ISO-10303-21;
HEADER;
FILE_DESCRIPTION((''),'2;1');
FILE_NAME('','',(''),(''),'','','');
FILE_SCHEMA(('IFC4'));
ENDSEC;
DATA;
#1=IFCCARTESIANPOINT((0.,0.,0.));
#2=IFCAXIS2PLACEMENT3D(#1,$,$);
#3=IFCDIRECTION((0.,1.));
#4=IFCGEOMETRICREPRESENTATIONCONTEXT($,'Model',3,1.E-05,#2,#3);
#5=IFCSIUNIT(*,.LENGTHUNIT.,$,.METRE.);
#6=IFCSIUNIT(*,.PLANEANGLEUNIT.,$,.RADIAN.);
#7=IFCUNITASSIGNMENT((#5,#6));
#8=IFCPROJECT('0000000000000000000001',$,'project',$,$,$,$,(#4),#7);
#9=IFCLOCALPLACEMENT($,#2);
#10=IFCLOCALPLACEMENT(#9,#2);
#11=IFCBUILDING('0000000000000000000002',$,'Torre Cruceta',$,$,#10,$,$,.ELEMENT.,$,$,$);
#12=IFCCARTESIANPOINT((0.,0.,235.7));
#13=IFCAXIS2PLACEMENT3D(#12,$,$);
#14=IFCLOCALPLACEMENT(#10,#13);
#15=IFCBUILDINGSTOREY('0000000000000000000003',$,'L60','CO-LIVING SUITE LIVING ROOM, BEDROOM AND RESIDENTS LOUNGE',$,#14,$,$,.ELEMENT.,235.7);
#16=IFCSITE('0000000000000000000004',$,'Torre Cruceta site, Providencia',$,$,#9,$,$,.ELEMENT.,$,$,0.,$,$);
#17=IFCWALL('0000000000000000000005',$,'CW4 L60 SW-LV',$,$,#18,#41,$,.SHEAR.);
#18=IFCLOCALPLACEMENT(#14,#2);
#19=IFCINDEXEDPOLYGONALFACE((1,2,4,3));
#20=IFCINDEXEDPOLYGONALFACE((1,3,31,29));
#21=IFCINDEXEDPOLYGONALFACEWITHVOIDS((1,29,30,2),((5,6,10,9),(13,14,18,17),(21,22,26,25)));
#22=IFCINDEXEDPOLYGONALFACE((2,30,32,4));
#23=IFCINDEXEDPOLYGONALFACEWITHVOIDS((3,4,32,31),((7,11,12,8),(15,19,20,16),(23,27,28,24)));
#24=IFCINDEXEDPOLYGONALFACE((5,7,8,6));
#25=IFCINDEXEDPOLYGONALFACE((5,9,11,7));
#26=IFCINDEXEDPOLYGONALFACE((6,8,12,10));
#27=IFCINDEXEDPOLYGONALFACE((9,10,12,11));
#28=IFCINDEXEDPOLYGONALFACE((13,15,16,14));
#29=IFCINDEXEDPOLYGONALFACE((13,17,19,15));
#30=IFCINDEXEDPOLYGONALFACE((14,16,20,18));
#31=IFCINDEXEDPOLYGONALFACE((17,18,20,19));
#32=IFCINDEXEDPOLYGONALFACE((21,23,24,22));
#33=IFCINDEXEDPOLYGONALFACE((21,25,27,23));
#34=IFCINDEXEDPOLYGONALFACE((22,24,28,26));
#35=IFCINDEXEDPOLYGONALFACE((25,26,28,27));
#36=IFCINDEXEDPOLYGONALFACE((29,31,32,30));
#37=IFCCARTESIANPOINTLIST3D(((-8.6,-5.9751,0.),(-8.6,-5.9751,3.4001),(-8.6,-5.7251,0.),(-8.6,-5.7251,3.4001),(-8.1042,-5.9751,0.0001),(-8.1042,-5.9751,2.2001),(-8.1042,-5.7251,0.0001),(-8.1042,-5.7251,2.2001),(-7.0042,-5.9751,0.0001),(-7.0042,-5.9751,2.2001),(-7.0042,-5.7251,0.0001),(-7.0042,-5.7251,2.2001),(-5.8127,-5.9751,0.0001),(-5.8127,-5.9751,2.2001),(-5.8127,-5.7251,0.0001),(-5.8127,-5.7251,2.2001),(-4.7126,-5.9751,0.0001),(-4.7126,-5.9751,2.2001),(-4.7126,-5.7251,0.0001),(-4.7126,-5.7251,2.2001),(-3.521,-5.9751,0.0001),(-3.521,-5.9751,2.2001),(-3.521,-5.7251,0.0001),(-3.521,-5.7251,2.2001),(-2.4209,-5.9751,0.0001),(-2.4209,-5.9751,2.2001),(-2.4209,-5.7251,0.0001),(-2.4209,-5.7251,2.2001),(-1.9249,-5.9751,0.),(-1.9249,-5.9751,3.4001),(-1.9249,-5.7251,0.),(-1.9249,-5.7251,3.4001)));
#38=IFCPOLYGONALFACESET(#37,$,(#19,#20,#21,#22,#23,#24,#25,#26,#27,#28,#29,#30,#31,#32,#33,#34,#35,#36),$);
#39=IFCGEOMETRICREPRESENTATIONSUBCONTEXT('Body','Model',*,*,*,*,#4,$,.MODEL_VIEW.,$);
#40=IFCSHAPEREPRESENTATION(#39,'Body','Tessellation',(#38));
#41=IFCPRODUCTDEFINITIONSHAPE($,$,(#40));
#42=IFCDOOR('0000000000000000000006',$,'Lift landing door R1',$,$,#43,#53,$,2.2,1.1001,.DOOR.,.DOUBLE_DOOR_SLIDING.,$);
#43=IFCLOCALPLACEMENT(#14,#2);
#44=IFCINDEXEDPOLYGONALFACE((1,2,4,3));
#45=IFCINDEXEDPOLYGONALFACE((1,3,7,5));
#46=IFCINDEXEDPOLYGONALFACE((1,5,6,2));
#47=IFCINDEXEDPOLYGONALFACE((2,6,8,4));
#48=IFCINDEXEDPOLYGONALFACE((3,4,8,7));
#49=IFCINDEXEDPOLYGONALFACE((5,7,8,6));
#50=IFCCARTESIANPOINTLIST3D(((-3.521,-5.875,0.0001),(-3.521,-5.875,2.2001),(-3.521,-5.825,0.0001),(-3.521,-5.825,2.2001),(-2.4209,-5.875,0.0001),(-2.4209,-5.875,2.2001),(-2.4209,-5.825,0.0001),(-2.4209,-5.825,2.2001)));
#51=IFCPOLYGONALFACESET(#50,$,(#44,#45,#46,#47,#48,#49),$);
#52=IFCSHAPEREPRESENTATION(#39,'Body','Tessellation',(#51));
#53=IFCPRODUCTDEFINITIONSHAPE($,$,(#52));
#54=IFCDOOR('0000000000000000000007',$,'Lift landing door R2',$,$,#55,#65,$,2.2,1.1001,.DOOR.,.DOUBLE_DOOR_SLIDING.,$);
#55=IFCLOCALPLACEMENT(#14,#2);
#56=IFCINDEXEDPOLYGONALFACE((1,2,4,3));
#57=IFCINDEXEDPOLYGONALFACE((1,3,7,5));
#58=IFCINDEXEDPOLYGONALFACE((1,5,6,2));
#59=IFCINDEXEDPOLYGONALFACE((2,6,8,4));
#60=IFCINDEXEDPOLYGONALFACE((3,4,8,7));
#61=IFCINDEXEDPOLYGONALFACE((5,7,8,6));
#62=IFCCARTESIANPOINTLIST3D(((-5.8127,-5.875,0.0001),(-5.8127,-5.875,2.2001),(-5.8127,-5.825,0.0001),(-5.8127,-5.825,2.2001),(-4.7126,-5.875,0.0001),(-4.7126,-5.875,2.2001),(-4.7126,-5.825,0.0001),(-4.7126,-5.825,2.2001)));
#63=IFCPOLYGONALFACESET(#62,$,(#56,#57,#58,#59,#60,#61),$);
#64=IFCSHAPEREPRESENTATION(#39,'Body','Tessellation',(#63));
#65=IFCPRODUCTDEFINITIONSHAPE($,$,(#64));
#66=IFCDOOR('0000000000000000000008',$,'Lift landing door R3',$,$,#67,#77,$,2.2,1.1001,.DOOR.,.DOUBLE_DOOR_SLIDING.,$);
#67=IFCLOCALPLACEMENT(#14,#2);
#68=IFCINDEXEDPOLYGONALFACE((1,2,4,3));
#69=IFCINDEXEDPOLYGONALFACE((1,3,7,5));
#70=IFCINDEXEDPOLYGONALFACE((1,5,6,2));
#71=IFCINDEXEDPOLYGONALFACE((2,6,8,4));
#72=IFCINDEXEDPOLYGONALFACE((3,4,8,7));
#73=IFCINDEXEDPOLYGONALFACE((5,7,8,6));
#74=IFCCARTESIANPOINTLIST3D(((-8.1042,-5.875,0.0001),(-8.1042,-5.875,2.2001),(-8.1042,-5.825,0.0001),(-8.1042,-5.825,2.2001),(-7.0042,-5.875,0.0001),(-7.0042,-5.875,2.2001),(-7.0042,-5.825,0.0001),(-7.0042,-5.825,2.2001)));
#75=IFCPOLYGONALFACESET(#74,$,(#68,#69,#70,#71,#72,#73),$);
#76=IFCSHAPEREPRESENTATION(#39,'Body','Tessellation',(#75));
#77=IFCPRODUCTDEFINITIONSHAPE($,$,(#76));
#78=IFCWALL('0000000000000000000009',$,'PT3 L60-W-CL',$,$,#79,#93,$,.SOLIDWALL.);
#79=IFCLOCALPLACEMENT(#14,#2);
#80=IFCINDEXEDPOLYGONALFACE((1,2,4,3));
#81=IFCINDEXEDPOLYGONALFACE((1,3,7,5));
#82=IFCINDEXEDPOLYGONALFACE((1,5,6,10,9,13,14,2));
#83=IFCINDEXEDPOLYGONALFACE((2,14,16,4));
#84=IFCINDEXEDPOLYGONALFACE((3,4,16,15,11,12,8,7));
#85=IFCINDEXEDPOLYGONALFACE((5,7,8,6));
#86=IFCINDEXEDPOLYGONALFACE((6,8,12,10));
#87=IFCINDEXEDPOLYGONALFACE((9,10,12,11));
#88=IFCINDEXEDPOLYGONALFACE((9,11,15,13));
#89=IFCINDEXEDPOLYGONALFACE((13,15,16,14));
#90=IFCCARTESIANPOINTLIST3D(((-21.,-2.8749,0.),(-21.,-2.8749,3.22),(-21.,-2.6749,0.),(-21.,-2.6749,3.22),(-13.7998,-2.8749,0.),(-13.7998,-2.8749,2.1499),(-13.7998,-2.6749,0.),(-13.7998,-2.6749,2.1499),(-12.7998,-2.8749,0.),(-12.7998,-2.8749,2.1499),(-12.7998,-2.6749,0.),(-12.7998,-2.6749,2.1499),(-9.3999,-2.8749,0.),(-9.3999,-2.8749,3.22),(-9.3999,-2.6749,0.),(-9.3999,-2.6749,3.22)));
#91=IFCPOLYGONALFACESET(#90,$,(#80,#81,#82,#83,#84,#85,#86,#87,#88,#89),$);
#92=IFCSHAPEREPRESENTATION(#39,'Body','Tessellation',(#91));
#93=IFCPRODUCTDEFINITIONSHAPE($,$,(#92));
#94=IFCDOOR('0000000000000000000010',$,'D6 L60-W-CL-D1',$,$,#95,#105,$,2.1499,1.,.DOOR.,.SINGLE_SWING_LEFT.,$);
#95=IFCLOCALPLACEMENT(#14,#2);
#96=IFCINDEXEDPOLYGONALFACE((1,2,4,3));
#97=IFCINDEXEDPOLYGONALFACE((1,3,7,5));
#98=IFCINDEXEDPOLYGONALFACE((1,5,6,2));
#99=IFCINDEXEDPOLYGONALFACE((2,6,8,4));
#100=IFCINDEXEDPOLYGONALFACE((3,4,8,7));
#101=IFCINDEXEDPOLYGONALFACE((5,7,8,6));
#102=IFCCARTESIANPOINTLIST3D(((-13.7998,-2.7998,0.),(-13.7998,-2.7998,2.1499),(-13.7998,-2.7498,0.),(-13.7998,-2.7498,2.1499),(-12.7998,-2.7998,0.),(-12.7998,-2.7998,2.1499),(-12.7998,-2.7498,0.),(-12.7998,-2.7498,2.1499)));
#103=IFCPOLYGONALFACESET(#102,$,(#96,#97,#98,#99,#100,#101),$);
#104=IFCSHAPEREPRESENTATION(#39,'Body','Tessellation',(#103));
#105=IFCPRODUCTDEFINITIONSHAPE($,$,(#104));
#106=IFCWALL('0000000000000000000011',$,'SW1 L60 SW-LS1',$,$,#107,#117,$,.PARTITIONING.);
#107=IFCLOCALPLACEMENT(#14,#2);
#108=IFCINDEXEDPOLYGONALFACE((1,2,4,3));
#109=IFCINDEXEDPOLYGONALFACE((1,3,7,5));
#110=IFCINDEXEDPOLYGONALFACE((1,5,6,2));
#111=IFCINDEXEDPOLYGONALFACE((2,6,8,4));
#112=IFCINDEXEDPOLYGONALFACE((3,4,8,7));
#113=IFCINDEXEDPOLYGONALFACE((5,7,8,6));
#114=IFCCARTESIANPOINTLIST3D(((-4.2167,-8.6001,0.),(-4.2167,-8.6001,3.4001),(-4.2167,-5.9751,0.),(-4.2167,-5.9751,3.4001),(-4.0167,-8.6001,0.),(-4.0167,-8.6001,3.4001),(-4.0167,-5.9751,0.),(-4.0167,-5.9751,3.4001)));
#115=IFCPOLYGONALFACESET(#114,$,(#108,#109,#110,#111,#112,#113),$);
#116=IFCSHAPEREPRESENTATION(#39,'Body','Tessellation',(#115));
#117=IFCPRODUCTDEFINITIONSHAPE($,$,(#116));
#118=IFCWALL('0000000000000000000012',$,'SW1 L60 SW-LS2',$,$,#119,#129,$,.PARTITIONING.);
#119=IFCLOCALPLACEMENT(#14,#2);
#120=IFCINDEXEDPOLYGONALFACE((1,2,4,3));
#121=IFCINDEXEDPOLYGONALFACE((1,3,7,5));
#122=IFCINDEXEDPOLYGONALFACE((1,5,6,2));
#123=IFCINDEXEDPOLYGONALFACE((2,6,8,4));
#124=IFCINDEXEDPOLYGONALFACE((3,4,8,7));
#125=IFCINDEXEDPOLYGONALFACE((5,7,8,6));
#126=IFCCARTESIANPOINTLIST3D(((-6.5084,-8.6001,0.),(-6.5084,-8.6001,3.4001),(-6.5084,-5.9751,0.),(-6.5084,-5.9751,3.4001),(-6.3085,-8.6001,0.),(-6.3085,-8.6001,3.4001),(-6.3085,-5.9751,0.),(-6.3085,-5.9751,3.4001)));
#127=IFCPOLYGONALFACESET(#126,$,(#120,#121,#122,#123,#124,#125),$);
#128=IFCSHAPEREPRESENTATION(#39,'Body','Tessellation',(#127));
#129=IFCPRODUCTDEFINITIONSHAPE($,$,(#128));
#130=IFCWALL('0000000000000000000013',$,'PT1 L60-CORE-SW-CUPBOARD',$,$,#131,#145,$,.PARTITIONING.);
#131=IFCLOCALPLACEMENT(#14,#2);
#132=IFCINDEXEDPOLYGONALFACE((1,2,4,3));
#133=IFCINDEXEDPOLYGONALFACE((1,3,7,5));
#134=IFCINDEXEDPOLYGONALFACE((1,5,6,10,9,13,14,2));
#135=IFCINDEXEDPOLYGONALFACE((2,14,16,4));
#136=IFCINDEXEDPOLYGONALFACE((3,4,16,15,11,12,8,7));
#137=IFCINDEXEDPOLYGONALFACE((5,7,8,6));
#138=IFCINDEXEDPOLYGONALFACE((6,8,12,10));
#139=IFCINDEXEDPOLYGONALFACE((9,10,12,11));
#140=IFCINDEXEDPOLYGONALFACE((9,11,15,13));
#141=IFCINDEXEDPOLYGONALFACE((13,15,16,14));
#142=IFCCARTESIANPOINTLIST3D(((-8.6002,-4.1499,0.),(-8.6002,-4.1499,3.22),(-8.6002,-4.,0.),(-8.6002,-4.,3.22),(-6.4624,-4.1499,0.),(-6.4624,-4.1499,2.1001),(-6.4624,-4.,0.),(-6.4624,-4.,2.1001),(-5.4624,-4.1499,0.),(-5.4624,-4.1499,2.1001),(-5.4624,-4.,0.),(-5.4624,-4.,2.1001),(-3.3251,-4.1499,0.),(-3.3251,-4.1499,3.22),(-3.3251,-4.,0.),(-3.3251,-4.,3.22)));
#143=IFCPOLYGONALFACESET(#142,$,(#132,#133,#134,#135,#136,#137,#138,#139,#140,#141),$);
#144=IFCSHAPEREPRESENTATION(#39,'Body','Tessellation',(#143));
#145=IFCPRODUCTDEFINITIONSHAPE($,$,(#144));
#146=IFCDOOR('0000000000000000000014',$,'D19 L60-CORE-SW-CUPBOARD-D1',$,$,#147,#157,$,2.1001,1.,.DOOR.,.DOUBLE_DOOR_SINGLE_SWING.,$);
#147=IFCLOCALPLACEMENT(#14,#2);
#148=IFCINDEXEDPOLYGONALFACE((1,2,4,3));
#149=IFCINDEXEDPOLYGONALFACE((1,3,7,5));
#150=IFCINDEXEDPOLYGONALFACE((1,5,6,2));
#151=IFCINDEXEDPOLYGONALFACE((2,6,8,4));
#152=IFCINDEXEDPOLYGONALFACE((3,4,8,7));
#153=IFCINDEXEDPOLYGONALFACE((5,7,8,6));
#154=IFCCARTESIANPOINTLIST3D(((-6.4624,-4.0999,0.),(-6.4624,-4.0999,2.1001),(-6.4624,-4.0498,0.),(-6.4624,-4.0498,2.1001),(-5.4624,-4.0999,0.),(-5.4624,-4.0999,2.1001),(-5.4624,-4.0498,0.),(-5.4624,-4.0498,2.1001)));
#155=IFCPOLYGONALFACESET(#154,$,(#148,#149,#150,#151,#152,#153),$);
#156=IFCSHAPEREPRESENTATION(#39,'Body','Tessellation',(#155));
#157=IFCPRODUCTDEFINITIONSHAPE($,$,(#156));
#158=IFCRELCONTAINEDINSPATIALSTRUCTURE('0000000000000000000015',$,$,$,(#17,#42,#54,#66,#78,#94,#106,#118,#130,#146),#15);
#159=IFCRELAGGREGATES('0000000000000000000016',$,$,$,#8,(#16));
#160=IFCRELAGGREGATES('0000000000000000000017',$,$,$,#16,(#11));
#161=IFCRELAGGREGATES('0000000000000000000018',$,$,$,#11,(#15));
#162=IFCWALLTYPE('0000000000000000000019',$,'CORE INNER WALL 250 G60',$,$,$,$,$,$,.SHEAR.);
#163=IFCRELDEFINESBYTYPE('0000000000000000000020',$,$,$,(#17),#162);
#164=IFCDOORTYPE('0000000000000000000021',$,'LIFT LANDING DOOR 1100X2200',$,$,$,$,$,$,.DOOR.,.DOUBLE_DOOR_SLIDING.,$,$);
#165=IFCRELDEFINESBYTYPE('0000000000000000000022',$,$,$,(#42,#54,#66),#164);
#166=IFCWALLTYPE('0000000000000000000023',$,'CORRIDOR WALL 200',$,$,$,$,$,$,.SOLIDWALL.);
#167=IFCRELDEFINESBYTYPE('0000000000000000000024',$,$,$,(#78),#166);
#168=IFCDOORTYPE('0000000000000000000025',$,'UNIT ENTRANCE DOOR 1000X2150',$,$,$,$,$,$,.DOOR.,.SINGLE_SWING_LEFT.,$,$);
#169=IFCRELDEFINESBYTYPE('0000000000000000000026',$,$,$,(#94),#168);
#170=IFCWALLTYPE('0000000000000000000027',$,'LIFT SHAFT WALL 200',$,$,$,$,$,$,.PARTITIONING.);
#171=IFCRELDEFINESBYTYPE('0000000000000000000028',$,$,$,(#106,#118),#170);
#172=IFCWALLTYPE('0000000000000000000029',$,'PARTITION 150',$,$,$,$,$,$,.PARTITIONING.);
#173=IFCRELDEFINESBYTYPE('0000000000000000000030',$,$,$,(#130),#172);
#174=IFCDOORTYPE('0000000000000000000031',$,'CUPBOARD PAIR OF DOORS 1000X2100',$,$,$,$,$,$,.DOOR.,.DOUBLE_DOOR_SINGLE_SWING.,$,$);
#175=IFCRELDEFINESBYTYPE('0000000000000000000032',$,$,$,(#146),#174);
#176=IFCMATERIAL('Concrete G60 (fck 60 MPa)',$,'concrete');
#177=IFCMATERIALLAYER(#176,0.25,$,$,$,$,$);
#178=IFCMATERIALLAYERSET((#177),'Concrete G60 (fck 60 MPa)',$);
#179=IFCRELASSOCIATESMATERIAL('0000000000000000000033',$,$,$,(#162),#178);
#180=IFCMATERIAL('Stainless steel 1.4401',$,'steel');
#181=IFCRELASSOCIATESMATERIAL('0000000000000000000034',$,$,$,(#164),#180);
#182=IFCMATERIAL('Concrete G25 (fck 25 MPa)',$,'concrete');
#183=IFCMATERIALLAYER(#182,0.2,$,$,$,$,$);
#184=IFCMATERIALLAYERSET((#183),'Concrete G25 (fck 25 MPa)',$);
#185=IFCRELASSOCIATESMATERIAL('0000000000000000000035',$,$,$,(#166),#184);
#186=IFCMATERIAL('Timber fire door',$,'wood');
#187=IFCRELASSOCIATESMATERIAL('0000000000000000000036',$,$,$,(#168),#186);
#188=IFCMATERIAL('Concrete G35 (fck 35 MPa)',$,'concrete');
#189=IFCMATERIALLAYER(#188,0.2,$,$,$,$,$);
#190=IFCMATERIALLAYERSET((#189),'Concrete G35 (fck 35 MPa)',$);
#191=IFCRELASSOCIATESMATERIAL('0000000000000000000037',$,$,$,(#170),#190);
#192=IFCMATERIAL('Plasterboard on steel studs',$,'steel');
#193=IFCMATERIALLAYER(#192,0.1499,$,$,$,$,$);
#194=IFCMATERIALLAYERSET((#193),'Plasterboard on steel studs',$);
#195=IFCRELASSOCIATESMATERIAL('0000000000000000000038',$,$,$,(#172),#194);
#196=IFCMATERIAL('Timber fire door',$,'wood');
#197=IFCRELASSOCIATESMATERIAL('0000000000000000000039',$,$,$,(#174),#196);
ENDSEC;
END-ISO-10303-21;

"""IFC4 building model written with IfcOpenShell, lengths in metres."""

from ifc_helpers import new_model, si_unit, direction, frame, frame_2d, origin, place, context, subcontext, project, spatial, rectangle, extrude, material, layer, layer_set, type_object, element, fill, save


model = new_model("IFC4")

# Units and contexts
model_context = context("Model", 3, precision=1e-05, world=origin(), true_north=direction((0.0, 1.0)))
body_context = subcontext(model_context, "Body", "Model", "MODEL_VIEW")
ifc_project = project(units=[si_unit("LENGTHUNIT", "METRE"), si_unit("PLANEANGLEUNIT", "RADIAN")], contexts=[model_context])

# Site, building, storey
site_placement = place(None, origin())
site = spatial("IfcSite", under=ifc_project, at=site_placement, Name="Torre Cruceta site, Providencia", CompositionType="ELEMENT", RefElevation=0.0)
building_placement = place(site_placement, origin())
building = spatial("IfcBuilding", under=site, at=building_placement, Name="Torre Cruceta", CompositionType="ELEMENT")
storey_placement = place(building_placement, frame((0.0, 0.0, 235.7)))
storey = spatial("IfcBuildingStorey", under=building, at=storey_placement, Name="L60", Description="CO-LIVING SUITE LIVING ROOM, BEDROOM AND RESIDENTS LOUNGE", CompositionType="ELEMENT", Elevation=235.7)

# Shared definitions
ifc_material_1 = material(Name="Concrete G60 (fck 60 MPa)", Category="concrete")
ifc_layer_1 = layer(ifc_material_1, 0.25)
ifc_layer_set_1 = layer_set([ifc_layer_1], Name="Concrete G60 (fck 60 MPa)")
wall_type_1 = type_object("IfcWallType", Name="CORE INNER WALL 250 G60", PredefinedType="SHEAR", material=ifc_layer_set_1)

# Wall, openings, doors
wall_1_placement = place(storey_placement, frame((-1.925, -5.8501, 0.0), z_axis=(0.0, 0.0, 1.0), x_axis=(-1.0, 0.0, 0.0)))
wall_1 = element("IfcWall", 1, at=wall_1_placement, inside=storey, type_object=wall_type_1, Name="CW4 L60 SW-LV", PredefinedType="SHEAR", context=body_context, shape_type="SweptSolid", body=[
    extrude(rectangle(XDim=6.675, YDim=0.25, at=frame_2d((3.3374, 0.0))), origin(), (0.0, 0.0, 1.0), 3.4001),
])
opening_1_placement = place(wall_1_placement, frame((0.4958, 0.0, 0.0)))
opening_1 = element("IfcOpeningElement", 2, at=opening_1_placement, cuts=wall_1, PredefinedType="OPENING", context=body_context, shape_type="SweptSolid", body=[
    extrude(rectangle(XDim=1.1001, YDim=2.2, at=frame_2d((0.55, 1.1001))), frame((0.0, 0.135, 0.0), z_axis=(0.0, -1.0, 0.0), x_axis=(1.0, 0.0, 0.0)), (0.0, 0.0, 1.0), 0.27),
])
opening_2_placement = place(wall_1_placement, frame((2.7876, 0.0, 0.0)))
opening_2 = element("IfcOpeningElement", 3, at=opening_2_placement, cuts=wall_1, PredefinedType="OPENING", context=body_context, shape_type="SweptSolid", body=[
    extrude(rectangle(XDim=1.1001, YDim=2.2, at=frame_2d((0.55, 1.1001))), frame((0.0, 0.135, 0.0), z_axis=(0.0, -1.0, 0.0), x_axis=(1.0, 0.0, 0.0)), (0.0, 0.0, 1.0), 0.27),
])
opening_3_placement = place(wall_1_placement, frame((5.0791, 0.0, 0.0)))
opening_3 = element("IfcOpeningElement", 4, at=opening_3_placement, cuts=wall_1, PredefinedType="OPENING", context=body_context, shape_type="SweptSolid", body=[
    extrude(rectangle(XDim=1.1001, YDim=2.2, at=frame_2d((0.55, 1.1001))), frame((0.0, 0.135, 0.0), z_axis=(0.0, -1.0, 0.0), x_axis=(1.0, 0.0, 0.0)), (0.0, 0.0, 1.0), 0.27),
])
ifc_material_2 = material(Name="Stainless steel 1.4401", Category="steel")
door_type_1 = type_object("IfcDoorType", Name="LIFT LANDING DOOR 1100X2200", OperationType="DOUBLE_DOOR_SLIDING", PredefinedType="DOOR", material=ifc_material_2)
door_1_placement = place(opening_1_placement, origin())
door_1 = element("IfcDoor", 5, at=door_1_placement, inside=storey, type_object=door_type_1, Name="Lift landing door R1", OperationType="DOUBLE_DOOR_SLIDING", OverallHeight=2.2, OverallWidth=1.1001, PredefinedType="DOOR", context=body_context, shape_type="SweptSolid", body=[
    extrude(rectangle(XDim=1.1001, YDim=2.2, at=frame_2d((0.55, 1.1001))), frame((0.0, 0.0249, 0.0), z_axis=(0.0, -1.0, 0.0), x_axis=(1.0, 0.0, 0.0)), (0.0, 0.0, 1.0), 0.05),
])
fill(opening_1, door_1)
door_2_placement = place(opening_2_placement, origin())
door_2 = element("IfcDoor", 6, at=door_2_placement, inside=storey, type_object=door_type_1, Name="Lift landing door R2", OperationType="DOUBLE_DOOR_SLIDING", OverallHeight=2.2, OverallWidth=1.1001, PredefinedType="DOOR", context=body_context, shape_type="SweptSolid", body=[
    extrude(rectangle(XDim=1.1001, YDim=2.2, at=frame_2d((0.55, 1.1001))), frame((0.0, 0.0249, 0.0), z_axis=(0.0, -1.0, 0.0), x_axis=(1.0, 0.0, 0.0)), (0.0, 0.0, 1.0), 0.05),
])
fill(opening_2, door_2)
door_3_placement = place(opening_3_placement, origin())
door_3 = element("IfcDoor", 7, at=door_3_placement, inside=storey, type_object=door_type_1, Name="Lift landing door R3", OperationType="DOUBLE_DOOR_SLIDING", OverallHeight=2.2, OverallWidth=1.1001, PredefinedType="DOOR", context=body_context, shape_type="SweptSolid", body=[
    extrude(rectangle(XDim=1.1001, YDim=2.2, at=frame_2d((0.55, 1.1001))), frame((0.0, 0.0249, 0.0), z_axis=(0.0, -1.0, 0.0), x_axis=(1.0, 0.0, 0.0)), (0.0, 0.0, 1.0), 0.05),
])
fill(opening_3, door_3)

# Wall, opening, door
ifc_material_3 = material(Name="Concrete G25 (fck 25 MPa)", Category="concrete")
ifc_layer_2 = layer(ifc_material_3, 0.2)
ifc_layer_set_2 = layer_set([ifc_layer_2], Name="Concrete G25 (fck 25 MPa)")
wall_type_2 = type_object("IfcWallType", Name="CORRIDOR WALL 200", PredefinedType="SOLIDWALL", material=ifc_layer_set_2)
wall_2_placement = place(storey_placement, frame((-9.3999, -2.7749, 0.0), z_axis=(0.0, 0.0, 1.0), x_axis=(-1.0, 0.0, 0.0)))
wall_2 = element("IfcWall", 8, at=wall_2_placement, inside=storey, type_object=wall_type_2, Name="PT3 L60-W-CL", PredefinedType="SOLIDWALL", context=body_context, shape_type="SweptSolid", body=[
    extrude(rectangle(XDim=11.6001, YDim=0.2, at=frame_2d((5.8, 0.0))), origin(), (0.0, 0.0, 1.0), 3.22),
])
opening_4_placement = place(wall_2_placement, frame((3.3999, 0.0, 0.0)))
opening_4 = element("IfcOpeningElement", 9, at=opening_4_placement, cuts=wall_2, PredefinedType="OPENING", context=body_context, shape_type="SweptSolid", body=[
    extrude(rectangle(XDim=1.0, YDim=2.1499, at=frame_2d((0.5, 1.075))), frame((0.0, 0.1099, 0.0), z_axis=(0.0, -1.0, 0.0), x_axis=(1.0, 0.0, 0.0)), (0.0, 0.0, 1.0), 0.22),
])
ifc_material_4 = material(Name="Timber fire door", Category="wood")
door_type_2 = type_object("IfcDoorType", Name="UNIT ENTRANCE DOOR 1000X2150", OperationType="SINGLE_SWING_LEFT", PredefinedType="DOOR", material=ifc_material_4)
door_4_placement = place(opening_4_placement, origin())
door_4 = element("IfcDoor", 10, at=door_4_placement, inside=storey, type_object=door_type_2, Name="D6 L60-W-CL-D1", OperationType="SINGLE_SWING_LEFT", OverallHeight=2.1499, OverallWidth=1.0, PredefinedType="DOOR", context=body_context, shape_type="SweptSolid", body=[
    extrude(rectangle(XDim=1.0, YDim=2.1499, at=frame_2d((0.5, 1.075))), frame((0.0, 0.0249, 0.0), z_axis=(0.0, -1.0, 0.0), x_axis=(1.0, 0.0, 0.0)), (0.0, 0.0, 1.0), 0.05),
])
fill(opening_4, door_4)

# Walls
ifc_material_5 = material(Name="Concrete G35 (fck 35 MPa)", Category="concrete")
ifc_layer_3 = layer(ifc_material_5, 0.2)
ifc_layer_set_3 = layer_set([ifc_layer_3], Name="Concrete G35 (fck 35 MPa)")
wall_type_3 = type_object("IfcWallType", Name="LIFT SHAFT WALL 200", PredefinedType="PARTITIONING", material=ifc_layer_set_3)
for number, where, z_axis, x_axis, name in (
    (11, (-4.1167, -5.9751, 0.0), (0.0, 0.0, 1.0), (0.0, -1.0, 0.0), "SW1 L60 SW-LS1"),
    (12, (-6.4084, -5.9751, 0.0), (0.0, 0.0, 1.0), (0.0, -1.0, 0.0), "SW1 L60 SW-LS2"),
):
    element("IfcWall", number, at=place(storey_placement, frame(where, z_axis=z_axis, x_axis=x_axis)), inside=storey, type_object=wall_type_3, Name=name, PredefinedType="PARTITIONING", context=body_context, shape_type="SweptSolid", body=[
        extrude(rectangle(XDim=2.625, YDim=0.2, at=frame_2d((1.3125, 0.0))), origin(), (0.0, 0.0, 1.0), 3.4001),
    ])

# Wall, opening, door
ifc_material_6 = material(Name="Plasterboard on steel studs", Category="steel")
ifc_layer_4 = layer(ifc_material_6, 0.1499)
ifc_layer_set_4 = layer_set([ifc_layer_4], Name="Plasterboard on steel studs")
wall_type_4 = type_object("IfcWallType", Name="PARTITION 150", PredefinedType="PARTITIONING", material=ifc_layer_set_4)
wall_3_placement = place(storey_placement, frame((-3.325, -4.075, 0.0), z_axis=(0.0, 0.0, 1.0), x_axis=(-1.0, 0.0, 0.0)))
wall_3 = element("IfcWall", 13, at=wall_3_placement, inside=storey, type_object=wall_type_4, Name="PT1 L60-CORE-SW-CUPBOARD", PredefinedType="PARTITIONING", context=body_context, shape_type="SweptSolid", body=[
    extrude(rectangle(XDim=5.2751, YDim=0.1499, at=frame_2d((2.6377, 0.0))), origin(), (0.0, 0.0, 1.0), 3.22),
])
opening_5_placement = place(wall_3_placement, frame((2.1375, 0.0, 0.0)))
opening_5 = element("IfcOpeningElement", 14, at=opening_5_placement, cuts=wall_3, PredefinedType="OPENING", context=body_context, shape_type="SweptSolid", body=[
    extrude(rectangle(XDim=1.0, YDim=2.1001, at=frame_2d((0.5, 1.05))), frame((0.0, 0.085, 0.0), z_axis=(0.0, -1.0, 0.0), x_axis=(1.0, 0.0, 0.0)), (0.0, 0.0, 1.0), 0.1699),
])
ifc_material_7 = material(Name="Timber fire door", Category="wood")
door_type_3 = type_object("IfcDoorType", Name="CUPBOARD PAIR OF DOORS 1000X2100", OperationType="DOUBLE_DOOR_SINGLE_SWING", PredefinedType="DOOR", material=ifc_material_7)
door_5_placement = place(opening_5_placement, frame((1.0, 0.0, 0.0), z_axis=(0.0, 0.0, 1.0), x_axis=(-1.0, 0.0, 0.0)))
door_5 = element("IfcDoor", 15, at=door_5_placement, inside=storey, type_object=door_type_3, Name="D19 L60-CORE-SW-CUPBOARD-D1", OperationType="DOUBLE_DOOR_SINGLE_SWING", OverallHeight=2.1001, OverallWidth=1.0, PredefinedType="DOOR", context=body_context, shape_type="SweptSolid", body=[
    extrude(rectangle(XDim=1.0, YDim=2.1001, at=frame_2d((0.5, 1.05))), frame((0.0, 0.0251, 0.0), z_axis=(0.0, -1.0, 0.0), x_axis=(1.0, 0.0, 0.0)), (0.0, 0.0, 1.0), 0.05),
])
fill(opening_5, door_5)

save(model, "model.ifc")
